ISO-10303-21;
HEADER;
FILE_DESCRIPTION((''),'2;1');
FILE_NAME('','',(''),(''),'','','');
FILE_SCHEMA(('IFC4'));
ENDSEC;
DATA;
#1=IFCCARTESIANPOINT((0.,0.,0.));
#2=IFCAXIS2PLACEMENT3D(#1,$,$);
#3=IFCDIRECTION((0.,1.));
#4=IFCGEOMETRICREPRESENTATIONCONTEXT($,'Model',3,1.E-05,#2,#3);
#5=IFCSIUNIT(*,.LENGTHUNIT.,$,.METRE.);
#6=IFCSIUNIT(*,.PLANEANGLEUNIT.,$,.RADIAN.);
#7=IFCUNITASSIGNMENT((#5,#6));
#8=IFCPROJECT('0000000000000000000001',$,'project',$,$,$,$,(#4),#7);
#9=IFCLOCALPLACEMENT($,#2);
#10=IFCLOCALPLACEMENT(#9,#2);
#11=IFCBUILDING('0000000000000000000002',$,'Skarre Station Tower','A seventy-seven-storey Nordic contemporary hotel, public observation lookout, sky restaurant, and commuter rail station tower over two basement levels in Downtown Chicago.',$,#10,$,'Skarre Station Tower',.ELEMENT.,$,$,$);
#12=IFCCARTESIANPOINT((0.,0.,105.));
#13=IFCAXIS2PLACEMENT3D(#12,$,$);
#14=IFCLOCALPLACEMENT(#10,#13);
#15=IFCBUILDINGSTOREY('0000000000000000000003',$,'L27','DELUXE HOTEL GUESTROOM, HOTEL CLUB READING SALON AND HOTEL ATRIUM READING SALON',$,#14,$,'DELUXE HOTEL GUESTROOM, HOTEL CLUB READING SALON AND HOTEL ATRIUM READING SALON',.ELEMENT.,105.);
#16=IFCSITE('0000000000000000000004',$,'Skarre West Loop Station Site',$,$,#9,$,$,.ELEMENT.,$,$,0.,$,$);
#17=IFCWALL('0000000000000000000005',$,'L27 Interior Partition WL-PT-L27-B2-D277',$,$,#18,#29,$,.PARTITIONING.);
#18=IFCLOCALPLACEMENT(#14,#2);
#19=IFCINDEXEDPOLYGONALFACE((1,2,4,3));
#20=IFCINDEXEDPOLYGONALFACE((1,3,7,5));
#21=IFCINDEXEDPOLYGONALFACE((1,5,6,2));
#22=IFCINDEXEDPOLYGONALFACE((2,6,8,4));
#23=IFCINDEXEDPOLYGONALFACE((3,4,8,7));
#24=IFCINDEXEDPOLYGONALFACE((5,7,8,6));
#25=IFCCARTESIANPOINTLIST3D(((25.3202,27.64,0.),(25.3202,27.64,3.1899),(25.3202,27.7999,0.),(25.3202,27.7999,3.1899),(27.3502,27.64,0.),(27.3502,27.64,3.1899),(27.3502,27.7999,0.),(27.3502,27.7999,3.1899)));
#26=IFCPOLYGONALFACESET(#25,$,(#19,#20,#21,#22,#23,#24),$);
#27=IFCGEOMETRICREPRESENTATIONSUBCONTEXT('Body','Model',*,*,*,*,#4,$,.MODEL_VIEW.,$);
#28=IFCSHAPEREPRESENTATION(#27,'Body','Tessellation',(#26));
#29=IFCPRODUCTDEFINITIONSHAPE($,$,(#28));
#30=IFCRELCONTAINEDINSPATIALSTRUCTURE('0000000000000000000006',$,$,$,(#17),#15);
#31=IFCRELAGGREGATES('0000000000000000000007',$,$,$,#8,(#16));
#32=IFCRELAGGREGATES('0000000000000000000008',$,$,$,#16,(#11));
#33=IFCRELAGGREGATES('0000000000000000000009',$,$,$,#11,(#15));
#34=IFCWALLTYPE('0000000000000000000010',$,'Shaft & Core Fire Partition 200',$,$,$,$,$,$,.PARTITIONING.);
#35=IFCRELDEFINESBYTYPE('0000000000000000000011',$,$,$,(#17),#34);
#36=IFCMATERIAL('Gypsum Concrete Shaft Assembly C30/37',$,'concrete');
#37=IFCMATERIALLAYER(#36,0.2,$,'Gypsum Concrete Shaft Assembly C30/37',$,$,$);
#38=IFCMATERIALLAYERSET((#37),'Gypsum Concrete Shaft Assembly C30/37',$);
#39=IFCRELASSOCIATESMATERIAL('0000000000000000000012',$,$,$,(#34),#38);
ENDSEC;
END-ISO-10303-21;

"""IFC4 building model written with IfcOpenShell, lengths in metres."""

from ifc_helpers import new_model, si_unit, direction, frame, frame_2d, origin, place, context, subcontext, project, spatial, rectangle, extrude, material, layer, layer_set, type_object, element, save


model = new_model("IFC4")

# Units and contexts
model_context = context("Model", 3, precision=1e-05, world=origin(), true_north=direction((0.0, 1.0)))
body_context = subcontext(model_context, "Body", "Model", "MODEL_VIEW")
ifc_project = project(units=[si_unit("LENGTHUNIT", "METRE"), si_unit("PLANEANGLEUNIT", "RADIAN")], contexts=[model_context])

# Site, building, storey
site_placement = place(None, origin())
site = spatial("IfcSite", under=ifc_project, at=site_placement, Name="Skarre West Loop Station Site", CompositionType="ELEMENT", RefElevation=0.0)
building_placement = place(site_placement, origin())
building = spatial("IfcBuilding", under=site, at=building_placement, Name="Skarre Station Tower", Description="A seventy-seven-storey Nordic contemporary hotel, public observation lookout, sky restaurant, and commuter rail station tower over two basement levels in Downtown Chicago.", LongName="Skarre Station Tower", CompositionType="ELEMENT")
storey_placement = place(building_placement, frame((0.0, 0.0, 105.0)))
storey = spatial("IfcBuildingStorey", under=building, at=storey_placement, Name="L27", Description="DELUXE HOTEL GUESTROOM, HOTEL CLUB READING SALON AND HOTEL ATRIUM READING SALON", LongName="DELUXE HOTEL GUESTROOM, HOTEL CLUB READING SALON AND HOTEL ATRIUM READING SALON", CompositionType="ELEMENT", Elevation=105.0)

# Shared definitions
ifc_material_1 = material(Name="Gypsum Concrete Shaft Assembly C30/37", Category="concrete")
ifc_layer_1 = layer(ifc_material_1, 0.2, Name="Gypsum Concrete Shaft Assembly C30/37")
ifc_layer_set_1 = layer_set([ifc_layer_1], Name="Gypsum Concrete Shaft Assembly C30/37")
wall_type_1 = type_object("IfcWallType", Name="Shaft & Core Fire Partition 200", PredefinedType="PARTITIONING", material=ifc_layer_set_1)

# Wall
for number, where, z_axis, x_axis, name in (
    (1, (25.3201, 27.72, 0.0), (0.0, 0.0, 1.0), (1.0, 0.0, 0.0), "L27 Interior Partition WL-PT-L27-B2-D277"),
):
    element("IfcWall", number, at=place(storey_placement, frame(where, z_axis=z_axis, x_axis=x_axis)), inside=storey, type_object=wall_type_1, Name=name, PredefinedType="PARTITIONING", context=body_context, shape_type="SweptSolid", body=[
        extrude(rectangle(XDim=2.03, YDim=0.1599, at=frame_2d((1.0151, 0.0))), origin(), (0.0, 0.0, 1.0), 3.1899),
    ])

save(model, "model.ifc")
